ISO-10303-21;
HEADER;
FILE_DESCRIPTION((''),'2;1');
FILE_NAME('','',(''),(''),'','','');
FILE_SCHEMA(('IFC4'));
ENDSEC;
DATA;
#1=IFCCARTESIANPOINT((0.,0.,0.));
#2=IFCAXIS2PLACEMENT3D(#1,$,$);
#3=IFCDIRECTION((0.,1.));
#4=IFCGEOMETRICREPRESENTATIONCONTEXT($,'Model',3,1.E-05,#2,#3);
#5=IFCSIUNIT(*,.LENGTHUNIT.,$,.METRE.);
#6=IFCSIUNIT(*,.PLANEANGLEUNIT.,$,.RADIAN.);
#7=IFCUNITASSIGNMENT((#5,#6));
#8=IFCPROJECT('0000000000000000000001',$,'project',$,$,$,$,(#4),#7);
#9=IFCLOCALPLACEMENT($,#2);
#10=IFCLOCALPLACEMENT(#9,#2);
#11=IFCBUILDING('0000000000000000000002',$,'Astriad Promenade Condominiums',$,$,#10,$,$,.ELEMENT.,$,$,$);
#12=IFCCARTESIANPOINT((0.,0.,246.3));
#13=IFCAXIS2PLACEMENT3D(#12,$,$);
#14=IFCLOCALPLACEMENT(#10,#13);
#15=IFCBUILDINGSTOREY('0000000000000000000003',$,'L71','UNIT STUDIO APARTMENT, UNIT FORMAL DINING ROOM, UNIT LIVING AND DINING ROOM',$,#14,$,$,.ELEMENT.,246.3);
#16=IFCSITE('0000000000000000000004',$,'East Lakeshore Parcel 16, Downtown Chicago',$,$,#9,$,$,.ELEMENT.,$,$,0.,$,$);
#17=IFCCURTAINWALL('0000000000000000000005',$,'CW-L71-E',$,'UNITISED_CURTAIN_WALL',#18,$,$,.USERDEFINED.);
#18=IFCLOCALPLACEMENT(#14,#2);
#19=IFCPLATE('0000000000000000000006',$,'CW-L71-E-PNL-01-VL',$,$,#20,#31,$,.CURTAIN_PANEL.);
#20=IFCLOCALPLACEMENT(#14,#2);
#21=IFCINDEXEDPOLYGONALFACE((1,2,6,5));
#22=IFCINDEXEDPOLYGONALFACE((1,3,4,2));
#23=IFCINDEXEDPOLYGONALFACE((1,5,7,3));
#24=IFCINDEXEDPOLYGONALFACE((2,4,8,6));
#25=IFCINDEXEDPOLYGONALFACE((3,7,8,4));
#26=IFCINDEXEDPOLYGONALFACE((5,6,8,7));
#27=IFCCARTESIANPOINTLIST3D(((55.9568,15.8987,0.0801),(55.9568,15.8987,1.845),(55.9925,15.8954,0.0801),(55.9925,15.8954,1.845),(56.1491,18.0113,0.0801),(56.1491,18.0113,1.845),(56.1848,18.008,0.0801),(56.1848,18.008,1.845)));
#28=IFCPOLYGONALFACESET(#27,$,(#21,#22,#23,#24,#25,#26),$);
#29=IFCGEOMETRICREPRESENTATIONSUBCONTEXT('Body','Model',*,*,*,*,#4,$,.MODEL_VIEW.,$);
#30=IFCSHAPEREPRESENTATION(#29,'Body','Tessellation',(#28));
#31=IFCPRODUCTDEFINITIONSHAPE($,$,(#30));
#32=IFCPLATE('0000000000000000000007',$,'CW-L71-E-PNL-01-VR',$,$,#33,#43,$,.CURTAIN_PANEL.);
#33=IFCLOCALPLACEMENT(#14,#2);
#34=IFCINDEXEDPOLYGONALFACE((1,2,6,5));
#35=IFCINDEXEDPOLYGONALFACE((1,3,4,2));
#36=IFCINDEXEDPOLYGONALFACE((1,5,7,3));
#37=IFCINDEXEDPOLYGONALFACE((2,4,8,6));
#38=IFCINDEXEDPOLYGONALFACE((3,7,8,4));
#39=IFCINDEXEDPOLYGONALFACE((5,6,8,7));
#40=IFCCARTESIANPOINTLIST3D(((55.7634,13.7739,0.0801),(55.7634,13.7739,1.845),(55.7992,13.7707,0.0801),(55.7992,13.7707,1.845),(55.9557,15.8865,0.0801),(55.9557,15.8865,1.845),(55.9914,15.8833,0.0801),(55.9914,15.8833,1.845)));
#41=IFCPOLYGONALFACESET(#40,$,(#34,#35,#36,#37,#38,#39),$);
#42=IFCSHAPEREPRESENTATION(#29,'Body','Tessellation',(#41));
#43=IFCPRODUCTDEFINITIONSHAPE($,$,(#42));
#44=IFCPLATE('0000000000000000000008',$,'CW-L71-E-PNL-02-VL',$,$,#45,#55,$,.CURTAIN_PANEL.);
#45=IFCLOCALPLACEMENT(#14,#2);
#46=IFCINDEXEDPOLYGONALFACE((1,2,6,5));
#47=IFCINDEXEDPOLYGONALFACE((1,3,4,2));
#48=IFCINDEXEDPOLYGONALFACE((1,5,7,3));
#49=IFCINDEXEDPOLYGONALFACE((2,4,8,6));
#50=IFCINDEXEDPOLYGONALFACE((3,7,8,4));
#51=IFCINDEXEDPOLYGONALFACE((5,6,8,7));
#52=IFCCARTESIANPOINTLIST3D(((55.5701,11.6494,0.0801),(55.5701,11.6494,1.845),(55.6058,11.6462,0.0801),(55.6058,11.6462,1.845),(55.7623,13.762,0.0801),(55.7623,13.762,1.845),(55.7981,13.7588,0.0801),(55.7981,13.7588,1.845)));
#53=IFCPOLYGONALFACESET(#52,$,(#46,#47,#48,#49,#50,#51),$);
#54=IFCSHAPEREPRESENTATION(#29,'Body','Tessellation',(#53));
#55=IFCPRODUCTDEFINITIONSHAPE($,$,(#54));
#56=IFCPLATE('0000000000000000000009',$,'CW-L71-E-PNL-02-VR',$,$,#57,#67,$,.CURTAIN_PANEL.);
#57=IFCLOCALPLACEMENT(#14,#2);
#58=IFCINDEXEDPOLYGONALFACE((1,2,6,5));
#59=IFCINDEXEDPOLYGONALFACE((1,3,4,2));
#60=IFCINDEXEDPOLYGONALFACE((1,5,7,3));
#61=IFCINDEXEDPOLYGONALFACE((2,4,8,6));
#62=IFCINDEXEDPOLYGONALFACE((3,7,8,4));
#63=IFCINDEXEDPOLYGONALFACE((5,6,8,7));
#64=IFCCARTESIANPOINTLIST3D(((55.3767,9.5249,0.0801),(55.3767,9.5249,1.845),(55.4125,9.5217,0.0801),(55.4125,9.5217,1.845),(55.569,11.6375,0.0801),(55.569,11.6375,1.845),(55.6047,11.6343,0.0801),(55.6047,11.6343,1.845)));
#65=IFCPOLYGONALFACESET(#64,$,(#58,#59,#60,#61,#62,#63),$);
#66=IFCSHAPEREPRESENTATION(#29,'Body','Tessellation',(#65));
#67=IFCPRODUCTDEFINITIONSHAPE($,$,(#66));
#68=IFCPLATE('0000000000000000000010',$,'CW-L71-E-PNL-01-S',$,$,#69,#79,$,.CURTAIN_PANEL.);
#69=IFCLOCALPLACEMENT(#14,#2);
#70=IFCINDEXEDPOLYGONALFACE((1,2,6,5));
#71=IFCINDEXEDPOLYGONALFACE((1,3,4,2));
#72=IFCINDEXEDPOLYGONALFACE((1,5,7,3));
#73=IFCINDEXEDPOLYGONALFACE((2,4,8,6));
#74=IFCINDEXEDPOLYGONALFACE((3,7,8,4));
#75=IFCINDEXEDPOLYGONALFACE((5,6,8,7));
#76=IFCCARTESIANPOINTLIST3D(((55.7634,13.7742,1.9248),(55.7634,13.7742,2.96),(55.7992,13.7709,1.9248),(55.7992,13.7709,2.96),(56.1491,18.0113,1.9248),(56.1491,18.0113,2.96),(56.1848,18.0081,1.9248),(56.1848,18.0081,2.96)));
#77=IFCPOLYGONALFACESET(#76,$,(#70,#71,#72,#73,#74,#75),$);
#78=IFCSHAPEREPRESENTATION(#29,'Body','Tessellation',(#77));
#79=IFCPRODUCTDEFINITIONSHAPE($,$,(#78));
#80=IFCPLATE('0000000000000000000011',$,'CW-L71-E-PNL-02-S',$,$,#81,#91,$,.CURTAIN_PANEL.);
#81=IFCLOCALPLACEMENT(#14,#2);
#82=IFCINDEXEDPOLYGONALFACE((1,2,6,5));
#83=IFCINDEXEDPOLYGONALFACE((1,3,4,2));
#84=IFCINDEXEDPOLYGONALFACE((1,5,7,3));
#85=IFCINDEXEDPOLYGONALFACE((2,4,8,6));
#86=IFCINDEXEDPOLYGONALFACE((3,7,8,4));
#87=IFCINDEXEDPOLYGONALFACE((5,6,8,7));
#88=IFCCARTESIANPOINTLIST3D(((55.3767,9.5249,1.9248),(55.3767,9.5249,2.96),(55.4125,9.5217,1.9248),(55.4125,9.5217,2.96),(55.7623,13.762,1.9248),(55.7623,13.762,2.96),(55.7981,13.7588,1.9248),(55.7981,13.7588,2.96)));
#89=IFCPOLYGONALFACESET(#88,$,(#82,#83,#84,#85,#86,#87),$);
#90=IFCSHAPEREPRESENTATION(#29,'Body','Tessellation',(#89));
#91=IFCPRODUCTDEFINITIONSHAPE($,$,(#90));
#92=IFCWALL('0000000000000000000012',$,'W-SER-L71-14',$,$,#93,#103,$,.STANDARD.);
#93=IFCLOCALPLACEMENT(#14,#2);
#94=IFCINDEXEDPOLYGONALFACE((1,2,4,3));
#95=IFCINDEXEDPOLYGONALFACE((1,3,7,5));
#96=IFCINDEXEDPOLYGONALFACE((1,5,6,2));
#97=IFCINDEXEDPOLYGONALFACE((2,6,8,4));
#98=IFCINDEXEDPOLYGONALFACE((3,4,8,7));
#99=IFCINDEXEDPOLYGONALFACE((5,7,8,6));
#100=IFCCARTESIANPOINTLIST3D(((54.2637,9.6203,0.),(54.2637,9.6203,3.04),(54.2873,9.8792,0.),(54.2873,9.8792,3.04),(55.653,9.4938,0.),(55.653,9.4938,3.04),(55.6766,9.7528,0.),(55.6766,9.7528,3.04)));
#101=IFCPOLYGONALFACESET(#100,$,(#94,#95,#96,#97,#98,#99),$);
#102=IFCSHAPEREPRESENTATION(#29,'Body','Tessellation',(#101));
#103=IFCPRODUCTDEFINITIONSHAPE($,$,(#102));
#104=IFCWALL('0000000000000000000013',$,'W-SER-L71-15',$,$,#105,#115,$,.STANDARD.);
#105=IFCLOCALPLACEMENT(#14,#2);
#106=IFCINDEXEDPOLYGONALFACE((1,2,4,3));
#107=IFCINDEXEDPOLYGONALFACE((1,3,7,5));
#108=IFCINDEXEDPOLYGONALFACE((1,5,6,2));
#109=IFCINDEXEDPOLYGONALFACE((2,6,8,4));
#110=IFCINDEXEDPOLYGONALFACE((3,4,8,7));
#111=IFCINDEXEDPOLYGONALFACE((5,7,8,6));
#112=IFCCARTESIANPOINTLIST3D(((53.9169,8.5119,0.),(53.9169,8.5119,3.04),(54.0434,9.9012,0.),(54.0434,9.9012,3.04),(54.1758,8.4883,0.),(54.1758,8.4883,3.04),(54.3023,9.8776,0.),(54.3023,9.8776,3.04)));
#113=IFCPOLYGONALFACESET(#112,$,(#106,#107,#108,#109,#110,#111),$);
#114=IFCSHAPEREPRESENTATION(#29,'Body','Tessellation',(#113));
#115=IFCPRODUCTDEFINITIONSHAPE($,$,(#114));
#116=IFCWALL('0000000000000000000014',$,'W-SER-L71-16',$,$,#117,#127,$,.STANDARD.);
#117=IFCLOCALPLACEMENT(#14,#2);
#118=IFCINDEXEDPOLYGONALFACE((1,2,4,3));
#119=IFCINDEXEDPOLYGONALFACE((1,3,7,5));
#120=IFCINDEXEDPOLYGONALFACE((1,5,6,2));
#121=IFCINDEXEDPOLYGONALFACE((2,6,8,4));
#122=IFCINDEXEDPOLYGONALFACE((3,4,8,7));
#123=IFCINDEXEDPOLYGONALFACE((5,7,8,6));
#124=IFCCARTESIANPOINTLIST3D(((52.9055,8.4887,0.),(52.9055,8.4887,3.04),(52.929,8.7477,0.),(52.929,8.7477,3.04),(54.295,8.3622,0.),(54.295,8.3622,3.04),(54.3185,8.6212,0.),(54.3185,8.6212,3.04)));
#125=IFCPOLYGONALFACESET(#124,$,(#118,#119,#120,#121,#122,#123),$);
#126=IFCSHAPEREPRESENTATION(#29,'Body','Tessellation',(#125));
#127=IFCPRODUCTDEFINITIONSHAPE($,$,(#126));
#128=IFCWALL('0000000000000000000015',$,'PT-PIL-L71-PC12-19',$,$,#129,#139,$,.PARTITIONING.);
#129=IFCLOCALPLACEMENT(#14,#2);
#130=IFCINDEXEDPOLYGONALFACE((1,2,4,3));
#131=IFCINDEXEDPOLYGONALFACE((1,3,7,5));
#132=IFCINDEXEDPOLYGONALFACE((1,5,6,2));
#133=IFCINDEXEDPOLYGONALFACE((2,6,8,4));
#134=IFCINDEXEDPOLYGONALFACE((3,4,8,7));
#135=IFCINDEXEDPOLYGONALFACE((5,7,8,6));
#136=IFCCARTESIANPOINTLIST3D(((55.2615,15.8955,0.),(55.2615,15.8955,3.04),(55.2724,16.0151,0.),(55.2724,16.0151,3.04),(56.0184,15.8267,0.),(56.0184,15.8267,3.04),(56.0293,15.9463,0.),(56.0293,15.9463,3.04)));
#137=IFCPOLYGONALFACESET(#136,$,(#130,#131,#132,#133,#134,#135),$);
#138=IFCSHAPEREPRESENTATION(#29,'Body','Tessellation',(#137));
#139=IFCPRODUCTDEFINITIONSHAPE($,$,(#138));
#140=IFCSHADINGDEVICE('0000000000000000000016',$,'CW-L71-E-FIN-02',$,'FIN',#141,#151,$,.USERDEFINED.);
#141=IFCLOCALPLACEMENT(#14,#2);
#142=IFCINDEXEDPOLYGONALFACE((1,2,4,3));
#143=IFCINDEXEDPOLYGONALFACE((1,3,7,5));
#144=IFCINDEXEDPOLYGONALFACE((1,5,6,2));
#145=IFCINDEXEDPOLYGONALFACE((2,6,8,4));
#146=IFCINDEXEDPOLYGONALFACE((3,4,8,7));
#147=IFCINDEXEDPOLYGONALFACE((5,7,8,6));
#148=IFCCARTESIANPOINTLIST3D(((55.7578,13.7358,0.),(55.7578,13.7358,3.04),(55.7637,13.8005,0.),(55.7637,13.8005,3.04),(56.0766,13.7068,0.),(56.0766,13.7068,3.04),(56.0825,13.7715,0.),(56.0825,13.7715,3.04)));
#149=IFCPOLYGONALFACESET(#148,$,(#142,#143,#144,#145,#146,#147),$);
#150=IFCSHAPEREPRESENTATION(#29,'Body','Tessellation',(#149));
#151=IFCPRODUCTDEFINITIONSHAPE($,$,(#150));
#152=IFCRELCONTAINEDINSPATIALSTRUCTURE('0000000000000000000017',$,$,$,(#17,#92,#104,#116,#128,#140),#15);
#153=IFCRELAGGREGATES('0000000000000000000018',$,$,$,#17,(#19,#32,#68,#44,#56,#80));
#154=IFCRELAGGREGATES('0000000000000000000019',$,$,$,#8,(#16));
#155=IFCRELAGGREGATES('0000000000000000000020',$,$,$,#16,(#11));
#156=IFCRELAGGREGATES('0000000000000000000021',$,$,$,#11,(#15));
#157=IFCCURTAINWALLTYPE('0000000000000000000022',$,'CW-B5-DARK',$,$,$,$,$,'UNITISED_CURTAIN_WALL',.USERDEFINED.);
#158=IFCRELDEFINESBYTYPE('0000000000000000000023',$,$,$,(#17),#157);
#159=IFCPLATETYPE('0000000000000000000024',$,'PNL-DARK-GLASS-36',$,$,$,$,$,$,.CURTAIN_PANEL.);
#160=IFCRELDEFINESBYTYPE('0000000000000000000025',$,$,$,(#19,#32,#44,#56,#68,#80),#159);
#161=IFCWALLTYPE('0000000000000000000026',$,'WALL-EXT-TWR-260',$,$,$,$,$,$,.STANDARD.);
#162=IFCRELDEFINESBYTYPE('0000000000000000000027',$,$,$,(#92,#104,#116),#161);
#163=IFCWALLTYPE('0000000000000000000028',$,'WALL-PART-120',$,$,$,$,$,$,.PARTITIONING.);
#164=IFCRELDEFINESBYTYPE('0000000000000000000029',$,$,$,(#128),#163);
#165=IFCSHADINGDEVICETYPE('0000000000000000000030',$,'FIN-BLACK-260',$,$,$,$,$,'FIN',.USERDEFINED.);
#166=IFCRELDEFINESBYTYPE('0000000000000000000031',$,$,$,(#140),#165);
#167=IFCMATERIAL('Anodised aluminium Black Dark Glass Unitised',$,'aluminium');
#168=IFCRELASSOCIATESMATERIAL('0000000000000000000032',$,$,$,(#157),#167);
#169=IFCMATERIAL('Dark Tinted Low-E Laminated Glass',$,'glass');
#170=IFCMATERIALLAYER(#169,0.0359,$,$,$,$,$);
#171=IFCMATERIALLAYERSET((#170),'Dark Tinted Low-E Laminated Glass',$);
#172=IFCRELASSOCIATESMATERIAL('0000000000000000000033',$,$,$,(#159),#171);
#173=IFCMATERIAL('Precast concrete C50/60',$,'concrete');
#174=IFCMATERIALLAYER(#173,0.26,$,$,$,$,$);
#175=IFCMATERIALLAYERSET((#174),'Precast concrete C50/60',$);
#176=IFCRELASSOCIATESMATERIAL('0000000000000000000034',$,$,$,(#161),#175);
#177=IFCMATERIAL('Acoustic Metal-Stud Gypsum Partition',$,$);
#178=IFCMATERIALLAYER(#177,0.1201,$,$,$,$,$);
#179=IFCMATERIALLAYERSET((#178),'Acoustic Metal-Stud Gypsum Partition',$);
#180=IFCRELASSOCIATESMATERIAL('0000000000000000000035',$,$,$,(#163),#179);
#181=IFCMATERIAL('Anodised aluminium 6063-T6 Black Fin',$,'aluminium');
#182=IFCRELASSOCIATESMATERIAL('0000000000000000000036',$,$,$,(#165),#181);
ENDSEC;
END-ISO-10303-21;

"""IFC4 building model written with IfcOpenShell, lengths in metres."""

from ifc_helpers import new_model, si_unit, direction, frame, frame_2d, origin, origin_2d, place, context, subcontext, project, spatial, rectangle, extrude, source, transform, mapped, material, layer, layer_set, type_object, type_shapes, element, aggregate, save


model = new_model("IFC4")

# Units and contexts
model_context = context("Model", 3, precision=1e-05, world=origin(), true_north=direction((0.0, 1.0)))
body_context = subcontext(model_context, "Body", "Model", "MODEL_VIEW")
ifc_project = project(units=[si_unit("LENGTHUNIT", "METRE"), si_unit("PLANEANGLEUNIT", "RADIAN")], contexts=[model_context])

# Site, building, storey
site_placement = place(None, origin())
site = spatial("IfcSite", under=ifc_project, at=site_placement, Name="East Lakeshore Parcel 16, Downtown Chicago", CompositionType="ELEMENT", RefElevation=0.0)
building_placement = place(site_placement, origin())
building = spatial("IfcBuilding", under=site, at=building_placement, Name="Astriad Promenade Condominiums", CompositionType="ELEMENT")
storey_placement = place(building_placement, frame((0.0, 0.0, 246.3)))
storey = spatial("IfcBuildingStorey", under=building, at=storey_placement, Name="L71", Description="UNIT STUDIO APARTMENT, UNIT FORMAL DINING ROOM, UNIT LIVING AND DINING ROOM", CompositionType="ELEMENT", Elevation=246.3)

# Curtain wall, plates
ifc_material_1 = material(Name="Anodised aluminium Black Dark Glass Unitised", Category="aluminium")
curtain_wall_type = type_object("IfcCurtainWallType", Name="CW-B5-DARK", ElementType="UNITISED_CURTAIN_WALL", PredefinedType="USERDEFINED", material=ifc_material_1)
curtain_wall_placement = place(storey_placement, origin())
curtain_wall = element("IfcCurtainWall", 1, at=curtain_wall_placement, inside=storey, type_object=curtain_wall_type, Name="CW-L71-E", ObjectType="UNITISED_CURTAIN_WALL", PredefinedType="USERDEFINED")
ifc_material_2 = material(Name="Dark Tinted Low-E Laminated Glass", Category="glass")
ifc_layer_1 = layer(ifc_material_2, 0.0359)
ifc_layer_set_1 = layer_set([ifc_layer_1], Name="Dark Tinted Low-E Laminated Glass")
plate_type = type_object("IfcPlateType", Name="PNL-DARK-GLASS-36", PredefinedType="CURTAIN_PANEL", material=ifc_layer_set_1)
shared_shape_1 = source(origin(), body_context, "Body", "SweptSolid", [
    extrude(rectangle(XDim=2.1213, YDim=0.0359, at=origin_2d()), origin(), (0.0, 0.0, 1.0), 1.7649),
])
plate_1_placement = place(storey_placement, frame((56.0708, 16.9534, 0.0801), z_axis=(0.0, 0.0, 1.0), x_axis=(-0.090633, -0.995884, 0.0)))
plate_1 = element("IfcPlate", 2, at=plate_1_placement, type_object=plate_type, Name="CW-L71-E-PNL-01-VL", PredefinedType="CURTAIN_PANEL", context=body_context, shape_type="MappedRepresentation", body=[
    mapped(shared_shape_1, transform((0.0, 0.0, 0.0), scale=1.0)),
])
plate_2_placement = place(storey_placement, frame((55.8774, 14.8286, 0.0801), z_axis=(0.0, 0.0, 1.0), x_axis=(-0.090633, -0.995884, 0.0)))
plate_2 = element("IfcPlate", 3, at=plate_2_placement, type_object=plate_type, Name="CW-L71-E-PNL-01-VR", PredefinedType="CURTAIN_PANEL", context=body_context, shape_type="MappedRepresentation", body=[
    mapped(shared_shape_1, transform((0.0, 0.0, 0.0), scale=1.0)),
])
plate_3_placement = place(storey_placement, frame((55.6841, 12.7041, 0.0801), z_axis=(0.0, 0.0, 1.0), x_axis=(-0.090633, -0.995884, 0.0)))
plate_3 = element("IfcPlate", 4, at=plate_3_placement, type_object=plate_type, Name="CW-L71-E-PNL-02-VL", PredefinedType="CURTAIN_PANEL", context=body_context, shape_type="MappedRepresentation", body=[
    mapped(shared_shape_1, transform((0.0, 0.0, 0.0), scale=1.0)),
])
plate_4_placement = place(storey_placement, frame((55.4907, 10.5796, 0.0801), z_axis=(0.0, 0.0, 1.0), x_axis=(-0.090633, -0.995884, 0.0)))
plate_4 = element("IfcPlate", 5, at=plate_4_placement, type_object=plate_type, Name="CW-L71-E-PNL-02-VR", PredefinedType="CURTAIN_PANEL", context=body_context, shape_type="MappedRepresentation", body=[
    mapped(shared_shape_1, transform((0.0, 0.0, 0.0), scale=1.0)),
])
shared_shape_2 = source(origin(), body_context, "Body", "SweptSolid", [
    extrude(rectangle(XDim=4.2546, YDim=0.0359, at=origin_2d()), origin(), (0.0, 0.0, 1.0), 1.0352),
])
type_shapes(plate_type, [shared_shape_1, shared_shape_2])
plate_5_placement = place(storey_placement, frame((55.9741, 15.8911, 1.9248), z_axis=(0.0, 0.0, 1.0), x_axis=(-0.090633, -0.995884, 0.0)))
plate_5 = element("IfcPlate", 6, at=plate_5_placement, type_object=plate_type, Name="CW-L71-E-PNL-01-S", PredefinedType="CURTAIN_PANEL", context=body_context, shape_type="MappedRepresentation", body=[
    mapped(shared_shape_2, transform((0.0, 0.0, 0.0), scale=1.0)),
])
plate_6_placement = place(storey_placement, frame((55.5874, 11.6418, 1.9248), z_axis=(0.0, 0.0, 1.0), x_axis=(-0.090633, -0.995884, 0.0)))
plate_6 = element("IfcPlate", 7, at=plate_6_placement, type_object=plate_type, Name="CW-L71-E-PNL-02-S", PredefinedType="CURTAIN_PANEL", context=body_context, shape_type="MappedRepresentation", body=[
    mapped(shared_shape_2, transform((0.0, 0.0, 0.0), scale=1.0)),
])
aggregate(curtain_wall, [plate_1, plate_2, plate_5, plate_3, plate_4, plate_6])

# Walls
ifc_material_3 = material(Name="Precast concrete C50/60", Category="concrete")
ifc_layer_2 = layer(ifc_material_3, 0.26)
ifc_layer_set_2 = layer_set([ifc_layer_2], Name="Precast concrete C50/60")
wall_type_1 = type_object("IfcWallType", Name="WALL-EXT-TWR-260", PredefinedType="STANDARD", material=ifc_layer_set_2)
for number, where, z_axis, x_axis, name in (
    (8, (55.6648, 9.6233, 0.0), (0.0, 0.0, 1.0), (-0.995882, 0.090662, 0.0), "W-SER-L71-14"),
    (9, (54.1729, 9.8894, 0.0), (0.0, 0.0, 1.0), (-0.090662, -0.995882, 0.0), "W-SER-L71-15"),
):
    element("IfcWall", number, at=place(storey_placement, frame(where, z_axis=z_axis, x_axis=x_axis)), inside=storey, type_object=wall_type_1, Name=name, PredefinedType="STANDARD", context=body_context, shape_type="SweptSolid", body=[
        extrude(rectangle(XDim=1.395, YDim=0.26, at=frame_2d((0.6975, 0.0))), origin(), (0.0, 0.0, 1.0), 3.04),
    ])
wall_1_placement = place(storey_placement, frame((54.3069, 8.4917, 0.0), z_axis=(0.0, 0.0, 1.0), x_axis=(-0.995883, 0.090646, 0.0)))
element("IfcWall", 10, at=wall_1_placement, inside=storey, type_object=wall_type_1, Name="W-SER-L71-16", PredefinedType="STANDARD", context=body_context, shape_type="SweptSolid", body=[
    extrude(rectangle(XDim=1.3953, YDim=0.26, at=frame_2d((0.6978, 0.0))), origin(), (0.0, 0.0, 1.0), 3.04),
])
ifc_material_4 = material(Name="Acoustic Metal-Stud Gypsum Partition")
ifc_layer_3 = layer(ifc_material_4, 0.1201)
ifc_layer_set_3 = layer_set([ifc_layer_3], Name="Acoustic Metal-Stud Gypsum Partition")
wall_type_2 = type_object("IfcWallType", Name="WALL-PART-120", PredefinedType="PARTITIONING", material=ifc_layer_set_3)
wall_2_placement = place(storey_placement, frame((55.2671, 15.9553, 0.0), z_axis=(0.0, 0.0, 1.0), x_axis=(0.995888, -0.090594, 0.0)))
element("IfcWall", 11, at=wall_2_placement, inside=storey, type_object=wall_type_2, Name="PT-PIL-L71-PC12-19", PredefinedType="PARTITIONING", context=body_context, shape_type="SweptSolid", body=[
    extrude(rectangle(XDim=0.76, YDim=0.1201, at=frame_2d((0.3799, 0.0))), origin(), (0.0, 0.0, 1.0), 3.04),
])

# Shading device
ifc_material_5 = material(Name="Anodised aluminium 6063-T6 Black Fin", Category="aluminium")
shading_device_type = type_object("IfcShadingDeviceType", Name="FIN-BLACK-260", ElementType="FIN", PredefinedType="USERDEFINED", material=ifc_material_5)
shared_shape_3 = source(origin(), body_context, "Body", "SweptSolid", [
    extrude(rectangle(XDim=0.0649, YDim=0.3201, at=origin_2d()), origin(), (0.0, 0.0, 1.0), 3.04),
])
type_shapes(shading_device_type, [shared_shape_3])
shading_device_placement = place(storey_placement, frame((55.9202, 13.7537, 0.0), z_axis=(0.0, 0.0, 1.0), x_axis=(-0.090633, -0.995884, 0.0)))
element("IfcShadingDevice", 12, at=shading_device_placement, inside=storey, type_object=shading_device_type, Name="CW-L71-E-FIN-02", ObjectType="FIN", PredefinedType="USERDEFINED", context=body_context, shape_type="MappedRepresentation", body=[
    mapped(shared_shape_3, transform((0.0, 0.0, 0.0), scale=1.0)),
])

save(model, "model.ifc")
